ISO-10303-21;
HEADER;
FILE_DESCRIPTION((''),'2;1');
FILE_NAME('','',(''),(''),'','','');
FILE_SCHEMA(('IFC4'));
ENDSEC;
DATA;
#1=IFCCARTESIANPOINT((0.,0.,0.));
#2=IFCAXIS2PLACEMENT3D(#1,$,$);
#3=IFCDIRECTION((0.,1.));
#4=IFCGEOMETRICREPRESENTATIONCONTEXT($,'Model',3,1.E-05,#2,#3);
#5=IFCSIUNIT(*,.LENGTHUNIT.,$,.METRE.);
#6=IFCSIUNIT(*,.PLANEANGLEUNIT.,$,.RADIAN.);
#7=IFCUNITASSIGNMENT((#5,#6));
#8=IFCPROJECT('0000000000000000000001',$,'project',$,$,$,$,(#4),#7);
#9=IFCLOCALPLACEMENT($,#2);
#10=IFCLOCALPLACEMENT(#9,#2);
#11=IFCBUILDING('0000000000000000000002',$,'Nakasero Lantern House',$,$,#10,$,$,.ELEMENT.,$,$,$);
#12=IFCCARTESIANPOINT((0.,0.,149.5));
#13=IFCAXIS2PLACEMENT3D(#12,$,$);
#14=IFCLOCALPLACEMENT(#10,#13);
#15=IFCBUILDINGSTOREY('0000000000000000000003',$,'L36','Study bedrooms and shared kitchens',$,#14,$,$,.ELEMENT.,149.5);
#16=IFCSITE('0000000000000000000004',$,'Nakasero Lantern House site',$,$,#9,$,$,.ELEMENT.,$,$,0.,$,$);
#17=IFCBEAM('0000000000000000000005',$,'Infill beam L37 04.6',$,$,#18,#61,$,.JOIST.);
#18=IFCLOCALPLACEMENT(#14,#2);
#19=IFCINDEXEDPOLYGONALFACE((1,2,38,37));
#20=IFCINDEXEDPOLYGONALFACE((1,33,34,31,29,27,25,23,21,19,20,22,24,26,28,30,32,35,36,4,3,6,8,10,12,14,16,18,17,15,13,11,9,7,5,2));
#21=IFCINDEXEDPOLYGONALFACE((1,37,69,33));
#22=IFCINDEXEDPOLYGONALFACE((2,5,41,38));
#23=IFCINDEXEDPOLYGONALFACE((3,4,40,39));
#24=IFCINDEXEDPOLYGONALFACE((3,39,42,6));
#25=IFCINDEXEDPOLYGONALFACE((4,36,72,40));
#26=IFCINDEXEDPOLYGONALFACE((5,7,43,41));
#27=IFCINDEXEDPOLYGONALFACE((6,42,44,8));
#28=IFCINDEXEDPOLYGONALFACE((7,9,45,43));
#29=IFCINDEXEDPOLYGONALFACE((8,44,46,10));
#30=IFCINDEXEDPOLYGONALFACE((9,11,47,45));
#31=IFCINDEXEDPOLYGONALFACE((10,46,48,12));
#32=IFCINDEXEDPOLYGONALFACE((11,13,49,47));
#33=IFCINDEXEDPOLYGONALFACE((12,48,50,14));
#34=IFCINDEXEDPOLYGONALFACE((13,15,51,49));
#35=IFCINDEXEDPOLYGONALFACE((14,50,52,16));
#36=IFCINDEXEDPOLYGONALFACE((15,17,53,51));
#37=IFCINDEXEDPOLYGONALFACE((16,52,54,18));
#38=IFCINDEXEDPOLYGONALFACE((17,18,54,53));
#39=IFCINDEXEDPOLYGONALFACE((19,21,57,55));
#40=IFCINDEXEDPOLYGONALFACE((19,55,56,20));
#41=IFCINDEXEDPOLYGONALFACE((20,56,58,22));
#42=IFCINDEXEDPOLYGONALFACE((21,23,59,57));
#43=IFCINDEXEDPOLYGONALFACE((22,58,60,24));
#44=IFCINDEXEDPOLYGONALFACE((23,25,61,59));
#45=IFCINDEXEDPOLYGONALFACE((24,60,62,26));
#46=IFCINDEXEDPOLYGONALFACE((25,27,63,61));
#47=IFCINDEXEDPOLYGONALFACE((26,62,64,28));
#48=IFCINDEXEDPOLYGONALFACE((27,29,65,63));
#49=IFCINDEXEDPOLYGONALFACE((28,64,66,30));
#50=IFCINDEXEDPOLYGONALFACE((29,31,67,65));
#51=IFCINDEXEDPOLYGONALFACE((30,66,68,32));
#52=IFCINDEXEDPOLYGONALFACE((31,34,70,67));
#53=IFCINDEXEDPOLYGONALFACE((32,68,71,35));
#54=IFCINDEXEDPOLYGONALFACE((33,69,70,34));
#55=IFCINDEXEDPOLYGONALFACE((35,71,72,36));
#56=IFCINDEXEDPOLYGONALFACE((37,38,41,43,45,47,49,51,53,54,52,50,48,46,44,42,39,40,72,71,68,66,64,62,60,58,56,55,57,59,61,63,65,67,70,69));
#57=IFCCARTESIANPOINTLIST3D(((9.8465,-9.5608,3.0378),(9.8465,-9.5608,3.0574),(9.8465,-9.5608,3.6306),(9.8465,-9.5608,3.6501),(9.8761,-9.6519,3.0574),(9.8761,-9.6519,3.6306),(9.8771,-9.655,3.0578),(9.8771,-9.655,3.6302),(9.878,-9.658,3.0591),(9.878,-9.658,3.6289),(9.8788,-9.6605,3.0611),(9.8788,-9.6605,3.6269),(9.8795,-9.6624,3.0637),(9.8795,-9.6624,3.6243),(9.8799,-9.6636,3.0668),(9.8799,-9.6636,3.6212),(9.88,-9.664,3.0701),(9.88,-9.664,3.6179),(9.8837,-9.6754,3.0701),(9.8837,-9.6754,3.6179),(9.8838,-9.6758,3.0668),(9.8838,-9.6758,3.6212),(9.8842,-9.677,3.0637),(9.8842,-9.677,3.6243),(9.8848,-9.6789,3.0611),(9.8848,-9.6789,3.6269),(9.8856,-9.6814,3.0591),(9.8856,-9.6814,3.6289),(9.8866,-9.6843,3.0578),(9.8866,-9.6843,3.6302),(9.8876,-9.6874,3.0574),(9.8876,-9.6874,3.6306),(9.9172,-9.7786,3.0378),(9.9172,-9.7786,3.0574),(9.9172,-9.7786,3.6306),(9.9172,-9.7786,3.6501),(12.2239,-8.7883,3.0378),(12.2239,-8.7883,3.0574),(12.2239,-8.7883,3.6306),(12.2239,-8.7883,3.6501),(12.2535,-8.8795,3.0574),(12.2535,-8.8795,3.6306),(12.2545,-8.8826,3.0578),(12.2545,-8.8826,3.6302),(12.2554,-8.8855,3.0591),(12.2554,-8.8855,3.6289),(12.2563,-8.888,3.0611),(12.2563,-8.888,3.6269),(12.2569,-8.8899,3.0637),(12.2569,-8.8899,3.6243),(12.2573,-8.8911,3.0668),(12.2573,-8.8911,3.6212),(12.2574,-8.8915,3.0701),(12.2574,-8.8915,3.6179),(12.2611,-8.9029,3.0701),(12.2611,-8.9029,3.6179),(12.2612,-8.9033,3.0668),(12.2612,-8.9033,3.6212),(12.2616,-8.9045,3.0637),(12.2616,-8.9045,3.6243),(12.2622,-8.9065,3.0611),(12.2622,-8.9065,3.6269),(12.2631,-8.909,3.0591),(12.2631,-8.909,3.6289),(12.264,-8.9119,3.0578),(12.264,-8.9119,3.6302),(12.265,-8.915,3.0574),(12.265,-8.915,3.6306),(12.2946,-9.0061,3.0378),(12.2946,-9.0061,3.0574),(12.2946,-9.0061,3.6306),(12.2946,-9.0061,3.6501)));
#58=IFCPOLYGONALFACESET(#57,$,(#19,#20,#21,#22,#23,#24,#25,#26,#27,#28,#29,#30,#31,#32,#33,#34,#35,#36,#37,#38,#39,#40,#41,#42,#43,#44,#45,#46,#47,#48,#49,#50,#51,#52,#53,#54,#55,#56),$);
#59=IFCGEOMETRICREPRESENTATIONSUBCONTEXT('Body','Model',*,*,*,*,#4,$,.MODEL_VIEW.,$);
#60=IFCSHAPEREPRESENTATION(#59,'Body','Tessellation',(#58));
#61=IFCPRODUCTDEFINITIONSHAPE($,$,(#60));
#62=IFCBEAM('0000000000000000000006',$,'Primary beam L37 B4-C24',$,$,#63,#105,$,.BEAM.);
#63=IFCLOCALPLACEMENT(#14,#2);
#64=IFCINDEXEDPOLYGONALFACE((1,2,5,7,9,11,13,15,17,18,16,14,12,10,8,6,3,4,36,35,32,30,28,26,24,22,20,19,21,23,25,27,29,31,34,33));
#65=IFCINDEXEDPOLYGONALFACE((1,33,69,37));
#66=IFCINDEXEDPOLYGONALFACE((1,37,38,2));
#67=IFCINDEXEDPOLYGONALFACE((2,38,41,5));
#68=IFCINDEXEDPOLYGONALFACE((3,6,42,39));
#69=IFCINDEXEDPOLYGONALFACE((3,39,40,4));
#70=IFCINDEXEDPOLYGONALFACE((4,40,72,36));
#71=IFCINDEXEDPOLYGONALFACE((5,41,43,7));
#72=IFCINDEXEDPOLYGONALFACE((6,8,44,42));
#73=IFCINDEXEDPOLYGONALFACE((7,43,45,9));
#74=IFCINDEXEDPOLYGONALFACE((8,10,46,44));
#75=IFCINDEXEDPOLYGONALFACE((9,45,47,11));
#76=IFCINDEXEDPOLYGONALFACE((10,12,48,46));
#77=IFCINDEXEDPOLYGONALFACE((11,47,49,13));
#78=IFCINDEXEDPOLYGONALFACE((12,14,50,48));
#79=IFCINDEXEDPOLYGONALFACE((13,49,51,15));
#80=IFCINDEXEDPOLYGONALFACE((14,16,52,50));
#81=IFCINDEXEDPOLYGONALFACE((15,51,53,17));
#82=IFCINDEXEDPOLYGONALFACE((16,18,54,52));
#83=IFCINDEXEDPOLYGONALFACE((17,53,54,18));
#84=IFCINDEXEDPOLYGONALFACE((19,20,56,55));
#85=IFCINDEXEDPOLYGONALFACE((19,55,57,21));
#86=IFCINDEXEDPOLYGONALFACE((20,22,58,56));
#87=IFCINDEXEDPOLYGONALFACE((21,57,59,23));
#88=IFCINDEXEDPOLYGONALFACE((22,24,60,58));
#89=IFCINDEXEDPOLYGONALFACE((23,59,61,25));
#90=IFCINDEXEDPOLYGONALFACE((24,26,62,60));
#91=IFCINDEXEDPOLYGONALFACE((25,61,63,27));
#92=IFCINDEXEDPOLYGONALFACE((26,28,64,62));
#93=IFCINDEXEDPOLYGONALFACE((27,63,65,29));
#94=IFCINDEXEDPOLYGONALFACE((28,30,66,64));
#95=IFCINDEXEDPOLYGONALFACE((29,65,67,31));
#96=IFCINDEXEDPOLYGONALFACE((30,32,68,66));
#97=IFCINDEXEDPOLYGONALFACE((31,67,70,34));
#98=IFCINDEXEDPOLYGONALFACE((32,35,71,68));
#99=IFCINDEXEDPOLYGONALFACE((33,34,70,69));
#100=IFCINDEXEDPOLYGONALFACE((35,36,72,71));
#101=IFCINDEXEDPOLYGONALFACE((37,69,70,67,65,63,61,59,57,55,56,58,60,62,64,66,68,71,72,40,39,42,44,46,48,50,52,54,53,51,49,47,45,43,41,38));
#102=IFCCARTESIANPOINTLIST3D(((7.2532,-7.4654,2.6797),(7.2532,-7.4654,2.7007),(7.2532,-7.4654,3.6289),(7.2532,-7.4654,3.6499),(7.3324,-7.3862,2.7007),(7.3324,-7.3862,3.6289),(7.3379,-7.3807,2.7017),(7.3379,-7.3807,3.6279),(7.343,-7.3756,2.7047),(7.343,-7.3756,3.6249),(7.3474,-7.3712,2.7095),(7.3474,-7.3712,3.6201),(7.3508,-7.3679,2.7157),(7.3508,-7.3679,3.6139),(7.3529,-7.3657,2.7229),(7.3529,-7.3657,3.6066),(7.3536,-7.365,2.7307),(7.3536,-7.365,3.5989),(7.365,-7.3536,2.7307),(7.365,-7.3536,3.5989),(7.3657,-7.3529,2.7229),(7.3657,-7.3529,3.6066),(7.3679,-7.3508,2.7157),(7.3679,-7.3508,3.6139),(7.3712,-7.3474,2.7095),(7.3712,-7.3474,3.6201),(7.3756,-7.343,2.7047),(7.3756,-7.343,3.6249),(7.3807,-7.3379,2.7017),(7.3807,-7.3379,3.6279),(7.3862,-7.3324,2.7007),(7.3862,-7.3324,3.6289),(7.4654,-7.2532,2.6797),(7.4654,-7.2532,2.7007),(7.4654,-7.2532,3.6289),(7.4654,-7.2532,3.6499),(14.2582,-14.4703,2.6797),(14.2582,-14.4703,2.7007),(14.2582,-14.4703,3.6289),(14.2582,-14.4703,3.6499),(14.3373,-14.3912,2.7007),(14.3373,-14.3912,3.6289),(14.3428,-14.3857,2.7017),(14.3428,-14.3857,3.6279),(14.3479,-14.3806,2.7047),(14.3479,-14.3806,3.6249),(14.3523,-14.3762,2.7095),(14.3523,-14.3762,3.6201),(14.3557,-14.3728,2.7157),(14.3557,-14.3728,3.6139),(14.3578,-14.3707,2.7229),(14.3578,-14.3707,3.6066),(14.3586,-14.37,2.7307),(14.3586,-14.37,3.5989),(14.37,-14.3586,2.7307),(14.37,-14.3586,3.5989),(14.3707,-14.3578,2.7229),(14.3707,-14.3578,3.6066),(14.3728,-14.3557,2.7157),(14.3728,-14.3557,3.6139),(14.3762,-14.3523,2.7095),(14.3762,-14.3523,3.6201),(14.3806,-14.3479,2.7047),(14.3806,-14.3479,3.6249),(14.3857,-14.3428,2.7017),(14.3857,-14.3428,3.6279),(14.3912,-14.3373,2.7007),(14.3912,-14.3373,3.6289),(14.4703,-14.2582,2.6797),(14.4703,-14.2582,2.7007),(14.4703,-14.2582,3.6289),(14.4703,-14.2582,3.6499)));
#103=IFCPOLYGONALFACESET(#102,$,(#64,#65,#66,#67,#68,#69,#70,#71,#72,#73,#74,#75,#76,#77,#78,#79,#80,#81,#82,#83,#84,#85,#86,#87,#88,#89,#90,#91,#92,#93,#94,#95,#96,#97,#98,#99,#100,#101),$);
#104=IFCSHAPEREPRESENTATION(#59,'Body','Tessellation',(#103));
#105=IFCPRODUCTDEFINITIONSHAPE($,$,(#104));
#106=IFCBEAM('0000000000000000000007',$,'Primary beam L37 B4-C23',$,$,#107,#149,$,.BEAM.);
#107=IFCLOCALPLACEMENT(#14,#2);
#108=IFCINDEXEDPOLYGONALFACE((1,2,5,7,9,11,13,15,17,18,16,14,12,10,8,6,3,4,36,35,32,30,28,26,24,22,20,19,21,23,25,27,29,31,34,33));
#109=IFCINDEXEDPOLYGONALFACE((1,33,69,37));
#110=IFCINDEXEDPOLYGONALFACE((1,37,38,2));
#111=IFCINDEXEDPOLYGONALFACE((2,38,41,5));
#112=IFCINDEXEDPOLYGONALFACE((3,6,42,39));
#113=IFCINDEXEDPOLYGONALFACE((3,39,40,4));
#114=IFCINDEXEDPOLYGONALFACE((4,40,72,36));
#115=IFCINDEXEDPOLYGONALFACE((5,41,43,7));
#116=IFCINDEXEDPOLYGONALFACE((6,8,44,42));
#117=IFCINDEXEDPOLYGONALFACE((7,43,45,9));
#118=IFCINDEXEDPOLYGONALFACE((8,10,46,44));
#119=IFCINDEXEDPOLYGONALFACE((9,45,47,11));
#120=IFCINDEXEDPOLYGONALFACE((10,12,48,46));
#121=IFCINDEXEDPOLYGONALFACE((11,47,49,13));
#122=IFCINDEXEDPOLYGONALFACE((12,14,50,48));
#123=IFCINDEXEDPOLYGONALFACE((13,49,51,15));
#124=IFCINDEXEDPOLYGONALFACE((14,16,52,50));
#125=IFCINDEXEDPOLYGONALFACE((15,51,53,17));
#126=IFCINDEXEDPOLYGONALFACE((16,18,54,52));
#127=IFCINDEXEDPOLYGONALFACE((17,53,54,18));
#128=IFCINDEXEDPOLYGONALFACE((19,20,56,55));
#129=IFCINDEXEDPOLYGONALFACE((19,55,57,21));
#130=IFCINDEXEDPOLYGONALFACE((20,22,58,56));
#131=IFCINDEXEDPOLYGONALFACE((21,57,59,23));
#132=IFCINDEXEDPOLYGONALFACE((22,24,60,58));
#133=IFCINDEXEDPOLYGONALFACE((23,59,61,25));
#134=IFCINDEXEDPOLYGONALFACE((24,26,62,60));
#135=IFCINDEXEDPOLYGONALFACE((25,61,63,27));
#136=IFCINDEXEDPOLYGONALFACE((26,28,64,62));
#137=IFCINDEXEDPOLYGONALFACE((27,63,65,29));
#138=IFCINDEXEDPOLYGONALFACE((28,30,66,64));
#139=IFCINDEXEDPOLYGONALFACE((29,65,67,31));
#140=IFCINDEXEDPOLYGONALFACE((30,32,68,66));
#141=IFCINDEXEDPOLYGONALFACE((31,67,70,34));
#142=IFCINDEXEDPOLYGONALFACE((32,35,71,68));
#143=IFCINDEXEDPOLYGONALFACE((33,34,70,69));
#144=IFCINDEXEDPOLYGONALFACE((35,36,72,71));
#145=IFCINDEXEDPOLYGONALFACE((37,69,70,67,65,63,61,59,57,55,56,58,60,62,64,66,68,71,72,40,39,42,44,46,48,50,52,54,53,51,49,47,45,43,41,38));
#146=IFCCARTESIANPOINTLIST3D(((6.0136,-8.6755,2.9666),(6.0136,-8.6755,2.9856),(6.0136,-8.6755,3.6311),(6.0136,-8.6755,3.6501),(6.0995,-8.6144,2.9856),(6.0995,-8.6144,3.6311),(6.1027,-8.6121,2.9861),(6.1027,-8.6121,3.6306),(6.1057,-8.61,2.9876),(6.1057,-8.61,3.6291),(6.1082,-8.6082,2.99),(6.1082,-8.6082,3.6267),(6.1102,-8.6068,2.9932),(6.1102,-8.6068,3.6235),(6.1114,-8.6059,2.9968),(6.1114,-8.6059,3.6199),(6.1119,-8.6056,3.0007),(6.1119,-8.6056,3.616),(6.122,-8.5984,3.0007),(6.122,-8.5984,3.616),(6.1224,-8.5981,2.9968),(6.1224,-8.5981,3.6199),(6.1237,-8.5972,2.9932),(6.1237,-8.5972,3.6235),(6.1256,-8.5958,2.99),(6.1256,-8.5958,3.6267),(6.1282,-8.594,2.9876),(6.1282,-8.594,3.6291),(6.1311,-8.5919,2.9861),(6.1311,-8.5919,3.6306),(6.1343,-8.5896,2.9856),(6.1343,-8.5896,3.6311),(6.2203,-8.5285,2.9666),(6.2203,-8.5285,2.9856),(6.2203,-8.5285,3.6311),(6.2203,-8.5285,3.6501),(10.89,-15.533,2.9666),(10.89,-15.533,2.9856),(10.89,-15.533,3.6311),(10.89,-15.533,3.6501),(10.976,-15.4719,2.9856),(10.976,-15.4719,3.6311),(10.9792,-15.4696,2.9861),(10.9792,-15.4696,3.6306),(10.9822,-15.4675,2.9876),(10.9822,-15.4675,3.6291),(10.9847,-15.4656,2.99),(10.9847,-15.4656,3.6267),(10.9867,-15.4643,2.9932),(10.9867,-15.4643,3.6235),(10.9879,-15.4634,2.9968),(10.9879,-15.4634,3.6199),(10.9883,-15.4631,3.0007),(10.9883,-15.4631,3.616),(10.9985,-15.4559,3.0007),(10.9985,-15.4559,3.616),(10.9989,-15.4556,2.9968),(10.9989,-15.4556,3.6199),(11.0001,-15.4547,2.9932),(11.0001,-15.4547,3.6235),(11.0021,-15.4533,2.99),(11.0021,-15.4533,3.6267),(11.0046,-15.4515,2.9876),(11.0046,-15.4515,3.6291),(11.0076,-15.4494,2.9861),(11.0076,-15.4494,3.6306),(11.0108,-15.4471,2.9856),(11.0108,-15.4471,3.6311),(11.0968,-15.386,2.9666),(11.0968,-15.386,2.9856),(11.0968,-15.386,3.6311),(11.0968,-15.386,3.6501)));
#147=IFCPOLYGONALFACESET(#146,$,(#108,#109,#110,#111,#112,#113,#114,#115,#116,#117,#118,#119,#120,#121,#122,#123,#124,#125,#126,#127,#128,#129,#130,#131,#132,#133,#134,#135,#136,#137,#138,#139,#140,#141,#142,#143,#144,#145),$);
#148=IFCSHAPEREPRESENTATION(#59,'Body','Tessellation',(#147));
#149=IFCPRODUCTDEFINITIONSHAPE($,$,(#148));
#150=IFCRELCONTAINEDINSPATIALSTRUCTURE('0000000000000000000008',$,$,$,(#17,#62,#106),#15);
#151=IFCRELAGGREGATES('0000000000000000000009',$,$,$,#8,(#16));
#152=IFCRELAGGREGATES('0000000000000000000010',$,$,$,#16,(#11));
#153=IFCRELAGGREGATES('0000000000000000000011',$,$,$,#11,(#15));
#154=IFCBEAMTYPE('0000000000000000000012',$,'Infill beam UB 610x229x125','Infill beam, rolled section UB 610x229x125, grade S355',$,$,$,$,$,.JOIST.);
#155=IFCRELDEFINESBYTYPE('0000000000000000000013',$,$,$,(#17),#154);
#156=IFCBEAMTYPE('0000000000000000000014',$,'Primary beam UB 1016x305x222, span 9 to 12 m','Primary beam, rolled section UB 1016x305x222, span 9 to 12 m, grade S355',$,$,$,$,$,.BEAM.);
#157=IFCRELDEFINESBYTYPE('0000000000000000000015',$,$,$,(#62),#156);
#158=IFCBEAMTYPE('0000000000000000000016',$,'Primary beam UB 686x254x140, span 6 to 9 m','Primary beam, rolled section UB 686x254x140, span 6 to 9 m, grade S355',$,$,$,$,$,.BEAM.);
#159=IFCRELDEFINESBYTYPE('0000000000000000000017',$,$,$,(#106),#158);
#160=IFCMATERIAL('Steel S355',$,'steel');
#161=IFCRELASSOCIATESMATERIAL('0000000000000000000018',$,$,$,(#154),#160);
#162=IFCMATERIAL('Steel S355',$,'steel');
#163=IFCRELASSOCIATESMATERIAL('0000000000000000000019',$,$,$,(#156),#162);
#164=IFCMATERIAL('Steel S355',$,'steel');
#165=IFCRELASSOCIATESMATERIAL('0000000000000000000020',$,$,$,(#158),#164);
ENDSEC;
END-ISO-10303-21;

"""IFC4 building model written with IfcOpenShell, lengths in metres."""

from ifc_helpers import new_model, si_unit, direction, frame, origin, origin_2d, place, context, subcontext, project, spatial, i_section, extrude, material, material_profile, profile_set, type_object, element, save


model = new_model("IFC4")

# Units and contexts
model_context = context("Model", 3, precision=1e-05, world=origin(), true_north=direction((0.0, 1.0)))
body_context = subcontext(model_context, "Body", "Model", "MODEL_VIEW")
ifc_project = project(units=[si_unit("LENGTHUNIT", "METRE"), si_unit("PLANEANGLEUNIT", "RADIAN")], contexts=[model_context])

# Site, building, storey
site_placement = place(None, origin())
site = spatial("IfcSite", under=ifc_project, at=site_placement, Name="Nakasero Lantern House site", CompositionType="ELEMENT", RefElevation=0.0)
building_placement = place(site_placement, origin())
building = spatial("IfcBuilding", under=site, at=building_placement, Name="Nakasero Lantern House", CompositionType="ELEMENT")
storey_placement = place(building_placement, frame((0.0, 0.0, 149.5)))
storey = spatial("IfcBuildingStorey", under=building, at=storey_placement, Name="L36", Description="Study bedrooms and shared kitchens", CompositionType="ELEMENT", Elevation=149.5)

# Beams
ifc_material_1 = material(Name="Steel S355", Category="steel")
ifc_material_profile_1 = material_profile(ifc_material_1, i_section(OverallWidth=0.229, OverallDepth=0.6123, WebThickness=0.012, FlangeThickness=0.0195, FilletRadius=0.0127, at=origin_2d()), Name="UB 610x229x125")
ifc_profile_set_1 = profile_set([ifc_material_profile_1], Name="Steel S355")
beam_type_1 = type_object("IfcBeamType", Name="Infill beam UB 610x229x125", Description="Infill beam, rolled section UB 610x229x125, grade S355", PredefinedType="JOIST", material=ifc_profile_set_1)
beam_1_placement = place(storey_placement, frame((9.8818, -9.6697, 3.344), z_axis=(0.951058, 0.309011, 0.0), x_axis=(-0.309011, 0.951058, 0.0)))
element("IfcBeam", 1, at=beam_1_placement, inside=storey, type_object=beam_type_1, Name="Infill beam L37 04.6", PredefinedType="JOIST", context=body_context, shape_type="SweptSolid", body=[
    extrude(i_section(OverallWidth=0.229, OverallDepth=0.6123, WebThickness=0.012, FlangeThickness=0.0195, FilletRadius=0.0127, at=origin_2d()), origin(), (0.0, 0.0, 1.0), 2.4998),
])
ifc_material_2 = material(Name="Steel S355", Category="steel")
ifc_material_profile_2 = material_profile(ifc_material_2, i_section(OverallWidth=0.3, OverallDepth=0.9702, WebThickness=0.0161, FlangeThickness=0.021, FilletRadius=0.03, at=origin_2d()), Name="UB 1016x305x222")
ifc_profile_set_2 = profile_set([ifc_material_profile_2], Name="Steel S355")
beam_type_2 = type_object("IfcBeamType", Name="Primary beam UB 1016x305x222, span 9 to 12 m", Description="Primary beam, rolled section UB 1016x305x222, span 9 to 12 m, grade S355", PredefinedType="BEAM", material=ifc_profile_set_2)
beam_2_placement = place(storey_placement, frame((14.3643, -14.3643, 3.1648), z_axis=(-0.707107, 0.707107, 0.0), x_axis=(-0.707107, -0.707107, 0.0)))
element("IfcBeam", 2, at=beam_2_placement, inside=storey, type_object=beam_type_2, Name="Primary beam L37 B4-C24", PredefinedType="BEAM", context=body_context, shape_type="SweptSolid", body=[
    extrude(i_section(OverallWidth=0.3, OverallDepth=0.9702, WebThickness=0.0161, FlangeThickness=0.021, FilletRadius=0.03, at=origin_2d()), origin(), (0.0, 0.0, 1.0), 9.9065),
])
ifc_material_3 = material(Name="Steel S355", Category="steel")
ifc_material_profile_3 = material_profile(ifc_material_3, i_section(OverallWidth=0.2537, OverallDepth=0.6836, WebThickness=0.0125, FlangeThickness=0.019, FilletRadius=0.0151, at=origin_2d()), Name="UB 686x254x140")
ifc_profile_set_3 = profile_set([ifc_material_profile_3], Name="Steel S355")
beam_type_3 = type_object("IfcBeamType", Name="Primary beam UB 686x254x140, span 6 to 9 m", Description="Primary beam, rolled section UB 686x254x140, span 6 to 9 m, grade S355", PredefinedType="BEAM", material=ifc_profile_set_3)
beam_3_placement = place(storey_placement, frame((10.9934, -15.4595, 3.3083), z_axis=(-0.57953, 0.814951, 0.0), x_axis=(-0.814951, -0.57953, 0.0)))
element("IfcBeam", 3, at=beam_3_placement, inside=storey, type_object=beam_type_3, Name="Primary beam L37 B4-C23", PredefinedType="BEAM", context=body_context, shape_type="SweptSolid", body=[
    extrude(i_section(OverallWidth=0.2537, OverallDepth=0.6836, WebThickness=0.0125, FlangeThickness=0.019, FilletRadius=0.0151, at=origin_2d()), origin(), (0.0, 0.0, 1.0), 8.4146),
])

save(model, "model.ifc")
